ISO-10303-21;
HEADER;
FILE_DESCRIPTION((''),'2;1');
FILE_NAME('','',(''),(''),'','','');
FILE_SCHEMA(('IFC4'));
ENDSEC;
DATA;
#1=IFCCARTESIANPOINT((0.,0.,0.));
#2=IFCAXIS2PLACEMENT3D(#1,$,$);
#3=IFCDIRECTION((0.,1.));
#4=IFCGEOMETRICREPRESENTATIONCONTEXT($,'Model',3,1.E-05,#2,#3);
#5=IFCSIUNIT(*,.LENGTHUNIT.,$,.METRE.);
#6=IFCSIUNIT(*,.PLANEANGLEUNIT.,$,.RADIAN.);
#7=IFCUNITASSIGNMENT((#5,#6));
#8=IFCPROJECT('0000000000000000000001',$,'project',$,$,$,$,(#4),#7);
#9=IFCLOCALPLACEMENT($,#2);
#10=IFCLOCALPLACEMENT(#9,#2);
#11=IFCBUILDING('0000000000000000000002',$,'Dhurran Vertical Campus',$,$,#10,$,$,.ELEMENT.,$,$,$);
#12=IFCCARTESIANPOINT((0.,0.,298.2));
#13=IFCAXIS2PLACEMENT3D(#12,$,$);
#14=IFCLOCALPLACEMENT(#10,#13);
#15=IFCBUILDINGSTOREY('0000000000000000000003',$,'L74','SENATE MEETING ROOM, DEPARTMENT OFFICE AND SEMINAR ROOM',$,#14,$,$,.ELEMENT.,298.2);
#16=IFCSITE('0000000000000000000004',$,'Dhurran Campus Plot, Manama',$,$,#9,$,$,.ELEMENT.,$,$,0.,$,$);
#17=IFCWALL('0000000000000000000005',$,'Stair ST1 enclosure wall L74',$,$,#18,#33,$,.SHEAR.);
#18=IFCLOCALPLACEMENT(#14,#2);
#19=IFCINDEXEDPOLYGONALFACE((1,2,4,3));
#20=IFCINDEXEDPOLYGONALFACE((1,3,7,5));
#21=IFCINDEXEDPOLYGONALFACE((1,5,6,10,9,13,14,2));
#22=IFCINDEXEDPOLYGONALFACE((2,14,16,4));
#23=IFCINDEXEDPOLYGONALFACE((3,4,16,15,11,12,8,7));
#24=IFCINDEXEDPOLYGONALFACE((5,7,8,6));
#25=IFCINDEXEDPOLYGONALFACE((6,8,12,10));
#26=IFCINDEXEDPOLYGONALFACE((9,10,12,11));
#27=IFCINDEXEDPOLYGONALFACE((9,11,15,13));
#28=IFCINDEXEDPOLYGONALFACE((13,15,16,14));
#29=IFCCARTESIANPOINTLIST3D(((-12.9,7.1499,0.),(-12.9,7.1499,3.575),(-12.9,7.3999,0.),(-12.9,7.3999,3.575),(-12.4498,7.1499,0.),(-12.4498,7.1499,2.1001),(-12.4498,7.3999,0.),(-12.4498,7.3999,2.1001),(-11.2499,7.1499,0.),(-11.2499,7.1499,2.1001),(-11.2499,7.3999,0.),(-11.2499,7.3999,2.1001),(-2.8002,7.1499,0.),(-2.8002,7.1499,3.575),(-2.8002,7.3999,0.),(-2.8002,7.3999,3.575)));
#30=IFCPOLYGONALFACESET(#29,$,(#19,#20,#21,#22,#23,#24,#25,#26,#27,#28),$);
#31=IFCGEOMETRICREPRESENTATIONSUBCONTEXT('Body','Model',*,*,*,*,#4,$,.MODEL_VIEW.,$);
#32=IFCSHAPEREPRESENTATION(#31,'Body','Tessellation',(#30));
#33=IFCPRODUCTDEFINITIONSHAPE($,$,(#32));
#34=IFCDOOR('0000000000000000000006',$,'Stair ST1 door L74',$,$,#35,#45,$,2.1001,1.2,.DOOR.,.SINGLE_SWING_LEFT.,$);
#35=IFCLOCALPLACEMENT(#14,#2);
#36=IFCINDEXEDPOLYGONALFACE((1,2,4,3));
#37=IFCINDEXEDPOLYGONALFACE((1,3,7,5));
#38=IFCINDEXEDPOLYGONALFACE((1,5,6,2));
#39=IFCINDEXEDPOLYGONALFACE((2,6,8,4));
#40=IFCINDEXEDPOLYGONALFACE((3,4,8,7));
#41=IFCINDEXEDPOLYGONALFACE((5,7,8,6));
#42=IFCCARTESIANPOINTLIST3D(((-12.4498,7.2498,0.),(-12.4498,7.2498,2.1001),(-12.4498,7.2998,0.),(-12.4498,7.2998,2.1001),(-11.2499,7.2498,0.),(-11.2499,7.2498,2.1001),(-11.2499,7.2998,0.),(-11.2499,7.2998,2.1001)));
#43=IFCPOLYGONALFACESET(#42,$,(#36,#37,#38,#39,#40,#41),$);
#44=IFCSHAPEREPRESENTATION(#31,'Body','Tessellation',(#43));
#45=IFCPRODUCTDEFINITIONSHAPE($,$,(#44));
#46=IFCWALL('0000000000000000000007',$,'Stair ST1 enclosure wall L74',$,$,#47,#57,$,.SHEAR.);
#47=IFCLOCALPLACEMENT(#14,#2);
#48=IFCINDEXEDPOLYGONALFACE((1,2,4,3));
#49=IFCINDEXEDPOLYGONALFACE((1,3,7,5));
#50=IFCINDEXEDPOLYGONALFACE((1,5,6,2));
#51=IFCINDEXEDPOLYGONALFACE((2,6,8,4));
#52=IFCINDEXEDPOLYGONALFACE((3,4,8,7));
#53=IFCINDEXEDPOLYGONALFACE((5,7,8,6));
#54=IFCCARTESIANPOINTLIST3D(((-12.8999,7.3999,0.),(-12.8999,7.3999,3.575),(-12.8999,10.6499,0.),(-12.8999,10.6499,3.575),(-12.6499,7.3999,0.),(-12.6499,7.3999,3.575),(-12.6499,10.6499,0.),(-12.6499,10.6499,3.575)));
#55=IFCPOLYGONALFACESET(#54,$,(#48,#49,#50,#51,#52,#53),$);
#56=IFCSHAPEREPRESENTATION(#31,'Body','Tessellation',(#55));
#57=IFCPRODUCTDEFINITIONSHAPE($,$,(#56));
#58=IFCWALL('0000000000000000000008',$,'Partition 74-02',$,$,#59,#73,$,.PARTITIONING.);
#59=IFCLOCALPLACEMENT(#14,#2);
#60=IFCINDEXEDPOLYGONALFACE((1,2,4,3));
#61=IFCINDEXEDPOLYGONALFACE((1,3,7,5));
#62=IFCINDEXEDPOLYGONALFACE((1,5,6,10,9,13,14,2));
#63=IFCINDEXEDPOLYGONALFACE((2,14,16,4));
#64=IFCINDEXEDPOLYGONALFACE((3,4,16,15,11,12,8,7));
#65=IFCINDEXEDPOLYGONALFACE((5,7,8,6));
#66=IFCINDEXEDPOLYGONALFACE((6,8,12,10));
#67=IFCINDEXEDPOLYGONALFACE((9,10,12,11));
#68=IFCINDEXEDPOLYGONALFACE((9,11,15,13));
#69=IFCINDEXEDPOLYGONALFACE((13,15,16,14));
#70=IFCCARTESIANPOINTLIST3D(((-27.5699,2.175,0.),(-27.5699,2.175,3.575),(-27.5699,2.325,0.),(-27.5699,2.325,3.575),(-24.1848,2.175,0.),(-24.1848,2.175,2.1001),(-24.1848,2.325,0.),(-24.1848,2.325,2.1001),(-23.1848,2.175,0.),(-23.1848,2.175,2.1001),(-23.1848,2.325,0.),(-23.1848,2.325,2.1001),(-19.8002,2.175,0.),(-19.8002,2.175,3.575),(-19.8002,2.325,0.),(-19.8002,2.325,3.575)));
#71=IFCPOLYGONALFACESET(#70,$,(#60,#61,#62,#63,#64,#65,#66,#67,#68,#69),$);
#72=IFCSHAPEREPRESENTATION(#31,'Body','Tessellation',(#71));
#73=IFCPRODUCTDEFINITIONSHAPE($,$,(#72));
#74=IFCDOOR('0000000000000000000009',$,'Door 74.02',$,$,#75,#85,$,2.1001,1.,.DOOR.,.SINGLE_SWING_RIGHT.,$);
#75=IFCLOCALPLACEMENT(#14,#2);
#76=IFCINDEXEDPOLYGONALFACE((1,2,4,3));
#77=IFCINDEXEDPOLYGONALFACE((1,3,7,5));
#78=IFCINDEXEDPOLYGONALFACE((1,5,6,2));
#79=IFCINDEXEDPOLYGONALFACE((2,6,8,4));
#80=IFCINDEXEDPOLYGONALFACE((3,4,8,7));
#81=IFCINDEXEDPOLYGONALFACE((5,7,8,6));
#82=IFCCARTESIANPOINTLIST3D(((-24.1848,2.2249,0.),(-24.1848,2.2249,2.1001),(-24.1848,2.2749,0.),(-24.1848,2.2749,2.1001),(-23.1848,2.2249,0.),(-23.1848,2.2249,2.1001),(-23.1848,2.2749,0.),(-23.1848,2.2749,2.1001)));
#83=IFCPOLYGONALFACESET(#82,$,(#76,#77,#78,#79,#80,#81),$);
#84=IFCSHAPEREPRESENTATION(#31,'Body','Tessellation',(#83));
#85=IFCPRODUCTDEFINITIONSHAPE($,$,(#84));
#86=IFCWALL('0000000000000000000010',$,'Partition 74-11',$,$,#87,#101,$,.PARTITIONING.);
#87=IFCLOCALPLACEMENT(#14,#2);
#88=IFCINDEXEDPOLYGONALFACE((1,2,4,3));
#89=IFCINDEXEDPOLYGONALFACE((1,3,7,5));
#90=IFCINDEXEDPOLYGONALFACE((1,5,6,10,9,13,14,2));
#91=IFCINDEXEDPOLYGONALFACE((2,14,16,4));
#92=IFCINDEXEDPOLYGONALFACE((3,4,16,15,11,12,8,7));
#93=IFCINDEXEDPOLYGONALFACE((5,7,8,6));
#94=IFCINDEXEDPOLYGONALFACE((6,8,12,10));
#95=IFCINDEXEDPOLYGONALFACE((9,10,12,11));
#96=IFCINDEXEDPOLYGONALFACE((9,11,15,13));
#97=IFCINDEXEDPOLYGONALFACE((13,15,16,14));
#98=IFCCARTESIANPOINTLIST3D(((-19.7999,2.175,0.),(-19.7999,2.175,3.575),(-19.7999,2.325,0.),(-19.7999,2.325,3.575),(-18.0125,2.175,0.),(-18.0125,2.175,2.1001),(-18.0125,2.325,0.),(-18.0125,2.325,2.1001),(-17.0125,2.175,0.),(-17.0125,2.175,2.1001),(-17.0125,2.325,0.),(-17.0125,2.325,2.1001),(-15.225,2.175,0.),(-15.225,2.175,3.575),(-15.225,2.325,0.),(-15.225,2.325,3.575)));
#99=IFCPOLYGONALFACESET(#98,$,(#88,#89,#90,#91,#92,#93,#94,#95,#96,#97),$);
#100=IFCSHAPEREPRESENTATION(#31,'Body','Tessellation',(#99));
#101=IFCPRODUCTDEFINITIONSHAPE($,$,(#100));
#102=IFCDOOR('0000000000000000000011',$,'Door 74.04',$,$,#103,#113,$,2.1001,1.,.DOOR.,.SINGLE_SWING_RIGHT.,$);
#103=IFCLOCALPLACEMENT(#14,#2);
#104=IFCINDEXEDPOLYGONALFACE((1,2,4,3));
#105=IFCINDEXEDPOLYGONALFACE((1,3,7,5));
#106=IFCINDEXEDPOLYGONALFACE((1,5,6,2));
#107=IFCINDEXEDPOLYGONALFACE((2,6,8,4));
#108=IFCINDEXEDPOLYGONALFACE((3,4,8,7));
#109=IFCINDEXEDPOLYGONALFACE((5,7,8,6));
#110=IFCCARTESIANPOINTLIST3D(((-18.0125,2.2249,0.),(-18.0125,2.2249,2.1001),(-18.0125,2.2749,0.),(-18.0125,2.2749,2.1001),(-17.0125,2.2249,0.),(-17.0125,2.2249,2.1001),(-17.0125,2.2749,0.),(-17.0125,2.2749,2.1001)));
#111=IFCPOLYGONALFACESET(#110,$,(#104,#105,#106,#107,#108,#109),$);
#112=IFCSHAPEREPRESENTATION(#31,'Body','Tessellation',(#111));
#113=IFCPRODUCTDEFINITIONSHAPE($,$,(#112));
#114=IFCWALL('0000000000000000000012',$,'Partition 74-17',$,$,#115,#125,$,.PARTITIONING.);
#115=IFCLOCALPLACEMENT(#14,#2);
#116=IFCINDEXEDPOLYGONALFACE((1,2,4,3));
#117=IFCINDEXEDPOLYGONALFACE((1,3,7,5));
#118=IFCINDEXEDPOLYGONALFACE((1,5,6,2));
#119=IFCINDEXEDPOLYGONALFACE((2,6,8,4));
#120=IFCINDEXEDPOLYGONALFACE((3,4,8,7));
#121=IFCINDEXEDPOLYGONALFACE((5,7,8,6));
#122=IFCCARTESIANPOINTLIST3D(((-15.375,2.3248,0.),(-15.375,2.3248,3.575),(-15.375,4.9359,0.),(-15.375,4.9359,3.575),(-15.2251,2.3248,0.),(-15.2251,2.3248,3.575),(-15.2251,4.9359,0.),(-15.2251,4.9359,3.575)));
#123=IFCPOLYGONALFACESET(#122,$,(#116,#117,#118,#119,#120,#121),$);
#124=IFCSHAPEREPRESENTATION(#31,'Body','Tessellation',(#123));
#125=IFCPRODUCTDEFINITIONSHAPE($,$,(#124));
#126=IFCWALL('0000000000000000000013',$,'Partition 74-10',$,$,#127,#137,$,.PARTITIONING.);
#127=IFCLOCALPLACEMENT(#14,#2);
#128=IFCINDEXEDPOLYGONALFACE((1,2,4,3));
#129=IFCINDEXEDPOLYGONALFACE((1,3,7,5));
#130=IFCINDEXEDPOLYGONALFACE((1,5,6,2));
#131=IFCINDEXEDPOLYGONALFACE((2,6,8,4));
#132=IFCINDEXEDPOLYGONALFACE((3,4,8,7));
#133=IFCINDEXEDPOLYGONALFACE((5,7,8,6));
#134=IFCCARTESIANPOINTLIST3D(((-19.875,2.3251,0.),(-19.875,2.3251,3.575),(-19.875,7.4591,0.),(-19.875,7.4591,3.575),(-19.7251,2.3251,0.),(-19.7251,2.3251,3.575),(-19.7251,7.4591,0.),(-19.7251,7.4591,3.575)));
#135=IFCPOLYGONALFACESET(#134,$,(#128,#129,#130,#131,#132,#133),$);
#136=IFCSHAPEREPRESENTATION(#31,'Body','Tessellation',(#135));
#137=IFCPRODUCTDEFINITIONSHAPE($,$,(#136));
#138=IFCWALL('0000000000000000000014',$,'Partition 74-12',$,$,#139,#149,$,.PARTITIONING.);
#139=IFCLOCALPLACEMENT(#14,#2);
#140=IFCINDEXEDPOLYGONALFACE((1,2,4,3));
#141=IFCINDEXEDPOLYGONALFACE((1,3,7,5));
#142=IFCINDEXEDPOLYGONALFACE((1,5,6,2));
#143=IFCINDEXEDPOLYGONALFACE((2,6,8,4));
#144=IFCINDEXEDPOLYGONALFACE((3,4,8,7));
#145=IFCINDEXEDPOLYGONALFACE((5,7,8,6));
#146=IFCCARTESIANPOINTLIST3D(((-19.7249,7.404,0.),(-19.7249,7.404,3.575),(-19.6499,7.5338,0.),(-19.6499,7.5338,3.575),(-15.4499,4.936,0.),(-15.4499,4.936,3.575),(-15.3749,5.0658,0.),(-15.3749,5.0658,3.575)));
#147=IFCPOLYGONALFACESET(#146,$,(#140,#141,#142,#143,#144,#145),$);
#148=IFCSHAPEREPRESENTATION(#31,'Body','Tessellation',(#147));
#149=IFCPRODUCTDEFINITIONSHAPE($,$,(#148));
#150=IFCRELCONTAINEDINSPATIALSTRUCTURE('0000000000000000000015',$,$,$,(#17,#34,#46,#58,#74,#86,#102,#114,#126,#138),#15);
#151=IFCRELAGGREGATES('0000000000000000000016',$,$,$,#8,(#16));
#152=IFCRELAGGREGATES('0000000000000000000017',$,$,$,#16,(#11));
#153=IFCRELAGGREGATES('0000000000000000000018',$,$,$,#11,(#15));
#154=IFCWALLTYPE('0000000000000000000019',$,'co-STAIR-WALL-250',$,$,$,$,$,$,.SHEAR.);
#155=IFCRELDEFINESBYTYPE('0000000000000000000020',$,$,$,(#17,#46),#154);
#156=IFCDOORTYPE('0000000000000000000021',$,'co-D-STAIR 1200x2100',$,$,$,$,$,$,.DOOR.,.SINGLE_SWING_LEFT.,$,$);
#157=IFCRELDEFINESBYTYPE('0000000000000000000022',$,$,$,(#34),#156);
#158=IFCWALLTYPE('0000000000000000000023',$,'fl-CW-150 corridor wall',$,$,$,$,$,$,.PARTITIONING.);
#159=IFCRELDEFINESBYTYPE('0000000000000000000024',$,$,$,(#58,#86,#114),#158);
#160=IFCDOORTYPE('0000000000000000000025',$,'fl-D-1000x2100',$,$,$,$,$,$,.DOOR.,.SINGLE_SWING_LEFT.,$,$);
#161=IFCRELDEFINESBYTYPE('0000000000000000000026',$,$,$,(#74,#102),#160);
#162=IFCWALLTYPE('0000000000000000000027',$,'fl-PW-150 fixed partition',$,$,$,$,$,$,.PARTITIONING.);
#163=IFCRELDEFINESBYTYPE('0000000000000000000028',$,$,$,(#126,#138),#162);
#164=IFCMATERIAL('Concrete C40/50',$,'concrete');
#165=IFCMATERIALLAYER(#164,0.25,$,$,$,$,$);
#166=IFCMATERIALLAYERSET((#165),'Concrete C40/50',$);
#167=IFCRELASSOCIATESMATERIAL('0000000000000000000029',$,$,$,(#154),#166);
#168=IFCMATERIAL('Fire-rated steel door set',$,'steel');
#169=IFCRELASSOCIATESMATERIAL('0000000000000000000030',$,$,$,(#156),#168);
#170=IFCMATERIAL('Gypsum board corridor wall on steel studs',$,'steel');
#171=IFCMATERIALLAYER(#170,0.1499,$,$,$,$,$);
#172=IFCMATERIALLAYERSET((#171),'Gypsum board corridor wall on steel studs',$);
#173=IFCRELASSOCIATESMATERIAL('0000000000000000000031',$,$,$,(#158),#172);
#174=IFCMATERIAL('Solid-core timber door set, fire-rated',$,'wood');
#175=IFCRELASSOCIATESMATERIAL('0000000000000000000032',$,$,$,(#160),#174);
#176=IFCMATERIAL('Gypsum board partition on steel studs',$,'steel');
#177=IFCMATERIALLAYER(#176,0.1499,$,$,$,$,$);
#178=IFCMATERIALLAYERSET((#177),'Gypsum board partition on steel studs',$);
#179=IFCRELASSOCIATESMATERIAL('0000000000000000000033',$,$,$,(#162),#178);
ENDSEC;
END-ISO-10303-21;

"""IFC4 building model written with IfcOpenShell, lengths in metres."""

from ifc_helpers import new_model, si_unit, direction, frame, frame_2d, origin, place, context, subcontext, project, spatial, rectangle, extrude, material, layer, layer_set, type_object, element, fill, save


model = new_model("IFC4")

# Units and contexts
model_context = context("Model", 3, precision=1e-05, world=origin(), true_north=direction((0.0, 1.0)))
body_context = subcontext(model_context, "Body", "Model", "MODEL_VIEW")
ifc_project = project(units=[si_unit("LENGTHUNIT", "METRE"), si_unit("PLANEANGLEUNIT", "RADIAN")], contexts=[model_context])

# Site, building, storey
site_placement = place(None, origin())
site = spatial("IfcSite", under=ifc_project, at=site_placement, Name="Dhurran Campus Plot, Manama", CompositionType="ELEMENT", RefElevation=0.0)
building_placement = place(site_placement, origin())
building = spatial("IfcBuilding", under=site, at=building_placement, Name="Dhurran Vertical Campus", CompositionType="ELEMENT")
storey_placement = place(building_placement, frame((0.0, 0.0, 298.2)))
storey = spatial("IfcBuildingStorey", under=building, at=storey_placement, Name="L74", Description="SENATE MEETING ROOM, DEPARTMENT OFFICE AND SEMINAR ROOM", CompositionType="ELEMENT", Elevation=298.2)

# Wall, opening, door
ifc_material_1 = material(Name="Concrete C40/50", Category="concrete")
ifc_layer_1 = layer(ifc_material_1, 0.25)
ifc_layer_set_1 = layer_set([ifc_layer_1], Name="Concrete C40/50")
wall_type_1 = type_object("IfcWallType", Name="co-STAIR-WALL-250", PredefinedType="SHEAR", material=ifc_layer_set_1)
wall_1_placement = place(storey_placement, frame((-12.8999, 7.2749, 0.0), z_axis=(0.0, 0.0, 1.0), x_axis=(1.0, 0.0, 0.0)))
wall_1 = element("IfcWall", 1, at=wall_1_placement, inside=storey, type_object=wall_type_1, Name="Stair ST1 enclosure wall L74", PredefinedType="SHEAR", context=body_context, shape_type="SweptSolid", body=[
    extrude(rectangle(XDim=10.0999, YDim=0.25, at=frame_2d((5.0498, 0.0))), origin(), (0.0, 0.0, 1.0), 3.575),
])
opening_1_placement = place(wall_1_placement, frame((0.45, 0.0, 0.0)))
opening_1 = element("IfcOpeningElement", 2, at=opening_1_placement, cuts=wall_1, PredefinedType="OPENING", context=body_context, shape_type="SweptSolid", body=[
    extrude(rectangle(XDim=1.2, YDim=2.1001, at=frame_2d((0.6001, 1.05))), frame((0.0, 0.135, 0.0), z_axis=(0.0, -1.0, 0.0), x_axis=(1.0, 0.0, 0.0)), (0.0, 0.0, 1.0), 0.27),
])
ifc_material_2 = material(Name="Fire-rated steel door set", Category="steel")
door_type_1 = type_object("IfcDoorType", Name="co-D-STAIR 1200x2100", OperationType="SINGLE_SWING_LEFT", PredefinedType="DOOR", material=ifc_material_2)
door_1_placement = place(opening_1_placement, origin())
door_1 = element("IfcDoor", 3, at=door_1_placement, inside=storey, type_object=door_type_1, Name="Stair ST1 door L74", OperationType="SINGLE_SWING_LEFT", OverallHeight=2.1001, OverallWidth=1.2, PredefinedType="DOOR", context=body_context, shape_type="SweptSolid", body=[
    extrude(rectangle(XDim=1.2, YDim=2.1001, at=frame_2d((0.6001, 1.05))), frame((0.0, 0.0249, 0.0), z_axis=(0.0, -1.0, 0.0), x_axis=(1.0, 0.0, 0.0)), (0.0, 0.0, 1.0), 0.05),
])
fill(opening_1, door_1)

# Wall
wall_2_placement = place(storey_placement, frame((-12.7749, 7.3999, 0.0), z_axis=(0.0, 0.0, 1.0), x_axis=(0.0, 1.0, 0.0)))
element("IfcWall", 4, at=wall_2_placement, inside=storey, type_object=wall_type_1, Name="Stair ST1 enclosure wall L74", PredefinedType="SHEAR", context=body_context, shape_type="SweptSolid", body=[
    extrude(rectangle(XDim=3.25, YDim=0.25, at=frame_2d((1.625, 0.0))), origin(), (0.0, 0.0, 1.0), 3.575),
])

# Walls, openings, doors
ifc_material_3 = material(Name="Gypsum board corridor wall on steel studs", Category="steel")
ifc_layer_2 = layer(ifc_material_3, 0.1499)
ifc_layer_set_2 = layer_set([ifc_layer_2], Name="Gypsum board corridor wall on steel studs")
wall_type_2 = type_object("IfcWallType", Name="fl-CW-150 corridor wall", PredefinedType="PARTITIONING", material=ifc_layer_set_2)
wall_3_placement = place(storey_placement, frame((-27.5698, 2.25, 0.0), z_axis=(0.0, 0.0, 1.0), x_axis=(1.0, 0.0, 0.0)))
wall_3 = element("IfcWall", 5, at=wall_3_placement, inside=storey, type_object=wall_type_2, Name="Partition 74-02", PredefinedType="PARTITIONING", context=body_context, shape_type="SweptSolid", body=[
    extrude(rectangle(XDim=7.7698, YDim=0.1499, at=frame_2d((3.8848, 0.0))), origin(), (0.0, 0.0, 1.0), 3.575),
])
opening_2_placement = place(wall_3_placement, frame((3.385, 0.0, 0.0)))
opening_2 = element("IfcOpeningElement", 6, at=opening_2_placement, cuts=wall_3, PredefinedType="OPENING", context=body_context, shape_type="SweptSolid", body=[
    extrude(rectangle(XDim=1.0, YDim=2.1001, at=frame_2d((0.5, 1.05))), frame((0.0, 0.085, 0.0), z_axis=(0.0, -1.0, 0.0), x_axis=(1.0, 0.0, 0.0)), (0.0, 0.0, 1.0), 0.1699),
])
ifc_material_4 = material(Name="Solid-core timber door set, fire-rated", Category="wood")
door_type_2 = type_object("IfcDoorType", Name="fl-D-1000x2100", OperationType="SINGLE_SWING_LEFT", PredefinedType="DOOR", material=ifc_material_4)
door_2_placement = place(opening_2_placement, origin())
door_2 = element("IfcDoor", 7, at=door_2_placement, inside=storey, type_object=door_type_2, Name="Door 74.02", OperationType="SINGLE_SWING_RIGHT", OverallHeight=2.1001, OverallWidth=1.0, PredefinedType="DOOR", context=body_context, shape_type="SweptSolid", body=[
    extrude(rectangle(XDim=1.0, YDim=2.1001, at=frame_2d((0.5, 1.05))), frame((0.0, 0.0249, 0.0), z_axis=(0.0, -1.0, 0.0), x_axis=(1.0, 0.0, 0.0)), (0.0, 0.0, 1.0), 0.05),
])
fill(opening_2, door_2)
wall_4_placement = place(storey_placement, frame((-19.8, 2.25, 0.0), z_axis=(0.0, 0.0, 1.0), x_axis=(1.0, 0.0, 0.0)))
wall_4 = element("IfcWall", 8, at=wall_4_placement, inside=storey, type_object=wall_type_2, Name="Partition 74-11", PredefinedType="PARTITIONING", context=body_context, shape_type="SweptSolid", body=[
    extrude(rectangle(XDim=4.575, YDim=0.1499, at=frame_2d((2.2876, 0.0))), origin(), (0.0, 0.0, 1.0), 3.575),
])
opening_3_placement = place(wall_4_placement, frame((1.7876, 0.0, 0.0)))
opening_3 = element("IfcOpeningElement", 9, at=opening_3_placement, cuts=wall_4, PredefinedType="OPENING", context=body_context, shape_type="SweptSolid", body=[
    extrude(rectangle(XDim=1.0, YDim=2.1001, at=frame_2d((0.5, 1.05))), frame((0.0, 0.085, 0.0), z_axis=(0.0, -1.0, 0.0), x_axis=(1.0, 0.0, 0.0)), (0.0, 0.0, 1.0), 0.1699),
])
door_3_placement = place(opening_3_placement, origin())
door_3 = element("IfcDoor", 10, at=door_3_placement, inside=storey, type_object=door_type_2, Name="Door 74.04", OperationType="SINGLE_SWING_RIGHT", OverallHeight=2.1001, OverallWidth=1.0, PredefinedType="DOOR", context=body_context, shape_type="SweptSolid", body=[
    extrude(rectangle(XDim=1.0, YDim=2.1001, at=frame_2d((0.5, 1.05))), frame((0.0, 0.0249, 0.0), z_axis=(0.0, -1.0, 0.0), x_axis=(1.0, 0.0, 0.0)), (0.0, 0.0, 1.0), 0.05),
])
fill(opening_3, door_3)

# Walls
wall_5_placement = place(storey_placement, frame((-15.3, 4.936, 0.0), z_axis=(0.0, 0.0, 1.0), x_axis=(0.0, -1.0, 0.0)))
element("IfcWall", 11, at=wall_5_placement, inside=storey, type_object=wall_type_2, Name="Partition 74-17", PredefinedType="PARTITIONING", context=body_context, shape_type="SweptSolid", body=[
    extrude(rectangle(XDim=2.6111, YDim=0.1499, at=frame_2d((1.3057, 0.0))), origin(), (0.0, 0.0, 1.0), 3.575),
])
ifc_material_5 = material(Name="Gypsum board partition on steel studs", Category="steel")
ifc_layer_3 = layer(ifc_material_5, 0.1499)
ifc_layer_set_3 = layer_set([ifc_layer_3], Name="Gypsum board partition on steel studs")
wall_type_3 = type_object("IfcWallType", Name="fl-PW-150 fixed partition", PredefinedType="PARTITIONING", material=ifc_layer_set_3)
wall_6_placement = place(storey_placement, frame((-19.8, 7.459, 0.0), z_axis=(0.0, 0.0, 1.0), x_axis=(0.0, -1.0, 0.0)))
element("IfcWall", 12, at=wall_6_placement, inside=storey, type_object=wall_type_3, Name="Partition 74-10", PredefinedType="PARTITIONING", context=body_context, shape_type="SweptSolid", body=[
    extrude(rectangle(XDim=5.134, YDim=0.1499, at=frame_2d((2.5669, 0.0))), origin(), (0.0, 0.0, 1.0), 3.575),
])
wall_7_placement = place(storey_placement, frame((-19.6875, 7.469, 0.0), z_axis=(0.0, 0.0, 1.0), x_axis=(0.866034, -0.499985, 0.0)))
element("IfcWall", 13, at=wall_7_placement, inside=storey, type_object=wall_type_3, Name="Partition 74-12", PredefinedType="PARTITIONING", context=body_context, shape_type="SweptSolid", body=[
    extrude(rectangle(XDim=4.9363, YDim=0.1499, at=frame_2d((2.4683, 0.0))), origin(), (0.0, 0.0, 1.0), 3.575),
])

save(model, "model.ifc")
